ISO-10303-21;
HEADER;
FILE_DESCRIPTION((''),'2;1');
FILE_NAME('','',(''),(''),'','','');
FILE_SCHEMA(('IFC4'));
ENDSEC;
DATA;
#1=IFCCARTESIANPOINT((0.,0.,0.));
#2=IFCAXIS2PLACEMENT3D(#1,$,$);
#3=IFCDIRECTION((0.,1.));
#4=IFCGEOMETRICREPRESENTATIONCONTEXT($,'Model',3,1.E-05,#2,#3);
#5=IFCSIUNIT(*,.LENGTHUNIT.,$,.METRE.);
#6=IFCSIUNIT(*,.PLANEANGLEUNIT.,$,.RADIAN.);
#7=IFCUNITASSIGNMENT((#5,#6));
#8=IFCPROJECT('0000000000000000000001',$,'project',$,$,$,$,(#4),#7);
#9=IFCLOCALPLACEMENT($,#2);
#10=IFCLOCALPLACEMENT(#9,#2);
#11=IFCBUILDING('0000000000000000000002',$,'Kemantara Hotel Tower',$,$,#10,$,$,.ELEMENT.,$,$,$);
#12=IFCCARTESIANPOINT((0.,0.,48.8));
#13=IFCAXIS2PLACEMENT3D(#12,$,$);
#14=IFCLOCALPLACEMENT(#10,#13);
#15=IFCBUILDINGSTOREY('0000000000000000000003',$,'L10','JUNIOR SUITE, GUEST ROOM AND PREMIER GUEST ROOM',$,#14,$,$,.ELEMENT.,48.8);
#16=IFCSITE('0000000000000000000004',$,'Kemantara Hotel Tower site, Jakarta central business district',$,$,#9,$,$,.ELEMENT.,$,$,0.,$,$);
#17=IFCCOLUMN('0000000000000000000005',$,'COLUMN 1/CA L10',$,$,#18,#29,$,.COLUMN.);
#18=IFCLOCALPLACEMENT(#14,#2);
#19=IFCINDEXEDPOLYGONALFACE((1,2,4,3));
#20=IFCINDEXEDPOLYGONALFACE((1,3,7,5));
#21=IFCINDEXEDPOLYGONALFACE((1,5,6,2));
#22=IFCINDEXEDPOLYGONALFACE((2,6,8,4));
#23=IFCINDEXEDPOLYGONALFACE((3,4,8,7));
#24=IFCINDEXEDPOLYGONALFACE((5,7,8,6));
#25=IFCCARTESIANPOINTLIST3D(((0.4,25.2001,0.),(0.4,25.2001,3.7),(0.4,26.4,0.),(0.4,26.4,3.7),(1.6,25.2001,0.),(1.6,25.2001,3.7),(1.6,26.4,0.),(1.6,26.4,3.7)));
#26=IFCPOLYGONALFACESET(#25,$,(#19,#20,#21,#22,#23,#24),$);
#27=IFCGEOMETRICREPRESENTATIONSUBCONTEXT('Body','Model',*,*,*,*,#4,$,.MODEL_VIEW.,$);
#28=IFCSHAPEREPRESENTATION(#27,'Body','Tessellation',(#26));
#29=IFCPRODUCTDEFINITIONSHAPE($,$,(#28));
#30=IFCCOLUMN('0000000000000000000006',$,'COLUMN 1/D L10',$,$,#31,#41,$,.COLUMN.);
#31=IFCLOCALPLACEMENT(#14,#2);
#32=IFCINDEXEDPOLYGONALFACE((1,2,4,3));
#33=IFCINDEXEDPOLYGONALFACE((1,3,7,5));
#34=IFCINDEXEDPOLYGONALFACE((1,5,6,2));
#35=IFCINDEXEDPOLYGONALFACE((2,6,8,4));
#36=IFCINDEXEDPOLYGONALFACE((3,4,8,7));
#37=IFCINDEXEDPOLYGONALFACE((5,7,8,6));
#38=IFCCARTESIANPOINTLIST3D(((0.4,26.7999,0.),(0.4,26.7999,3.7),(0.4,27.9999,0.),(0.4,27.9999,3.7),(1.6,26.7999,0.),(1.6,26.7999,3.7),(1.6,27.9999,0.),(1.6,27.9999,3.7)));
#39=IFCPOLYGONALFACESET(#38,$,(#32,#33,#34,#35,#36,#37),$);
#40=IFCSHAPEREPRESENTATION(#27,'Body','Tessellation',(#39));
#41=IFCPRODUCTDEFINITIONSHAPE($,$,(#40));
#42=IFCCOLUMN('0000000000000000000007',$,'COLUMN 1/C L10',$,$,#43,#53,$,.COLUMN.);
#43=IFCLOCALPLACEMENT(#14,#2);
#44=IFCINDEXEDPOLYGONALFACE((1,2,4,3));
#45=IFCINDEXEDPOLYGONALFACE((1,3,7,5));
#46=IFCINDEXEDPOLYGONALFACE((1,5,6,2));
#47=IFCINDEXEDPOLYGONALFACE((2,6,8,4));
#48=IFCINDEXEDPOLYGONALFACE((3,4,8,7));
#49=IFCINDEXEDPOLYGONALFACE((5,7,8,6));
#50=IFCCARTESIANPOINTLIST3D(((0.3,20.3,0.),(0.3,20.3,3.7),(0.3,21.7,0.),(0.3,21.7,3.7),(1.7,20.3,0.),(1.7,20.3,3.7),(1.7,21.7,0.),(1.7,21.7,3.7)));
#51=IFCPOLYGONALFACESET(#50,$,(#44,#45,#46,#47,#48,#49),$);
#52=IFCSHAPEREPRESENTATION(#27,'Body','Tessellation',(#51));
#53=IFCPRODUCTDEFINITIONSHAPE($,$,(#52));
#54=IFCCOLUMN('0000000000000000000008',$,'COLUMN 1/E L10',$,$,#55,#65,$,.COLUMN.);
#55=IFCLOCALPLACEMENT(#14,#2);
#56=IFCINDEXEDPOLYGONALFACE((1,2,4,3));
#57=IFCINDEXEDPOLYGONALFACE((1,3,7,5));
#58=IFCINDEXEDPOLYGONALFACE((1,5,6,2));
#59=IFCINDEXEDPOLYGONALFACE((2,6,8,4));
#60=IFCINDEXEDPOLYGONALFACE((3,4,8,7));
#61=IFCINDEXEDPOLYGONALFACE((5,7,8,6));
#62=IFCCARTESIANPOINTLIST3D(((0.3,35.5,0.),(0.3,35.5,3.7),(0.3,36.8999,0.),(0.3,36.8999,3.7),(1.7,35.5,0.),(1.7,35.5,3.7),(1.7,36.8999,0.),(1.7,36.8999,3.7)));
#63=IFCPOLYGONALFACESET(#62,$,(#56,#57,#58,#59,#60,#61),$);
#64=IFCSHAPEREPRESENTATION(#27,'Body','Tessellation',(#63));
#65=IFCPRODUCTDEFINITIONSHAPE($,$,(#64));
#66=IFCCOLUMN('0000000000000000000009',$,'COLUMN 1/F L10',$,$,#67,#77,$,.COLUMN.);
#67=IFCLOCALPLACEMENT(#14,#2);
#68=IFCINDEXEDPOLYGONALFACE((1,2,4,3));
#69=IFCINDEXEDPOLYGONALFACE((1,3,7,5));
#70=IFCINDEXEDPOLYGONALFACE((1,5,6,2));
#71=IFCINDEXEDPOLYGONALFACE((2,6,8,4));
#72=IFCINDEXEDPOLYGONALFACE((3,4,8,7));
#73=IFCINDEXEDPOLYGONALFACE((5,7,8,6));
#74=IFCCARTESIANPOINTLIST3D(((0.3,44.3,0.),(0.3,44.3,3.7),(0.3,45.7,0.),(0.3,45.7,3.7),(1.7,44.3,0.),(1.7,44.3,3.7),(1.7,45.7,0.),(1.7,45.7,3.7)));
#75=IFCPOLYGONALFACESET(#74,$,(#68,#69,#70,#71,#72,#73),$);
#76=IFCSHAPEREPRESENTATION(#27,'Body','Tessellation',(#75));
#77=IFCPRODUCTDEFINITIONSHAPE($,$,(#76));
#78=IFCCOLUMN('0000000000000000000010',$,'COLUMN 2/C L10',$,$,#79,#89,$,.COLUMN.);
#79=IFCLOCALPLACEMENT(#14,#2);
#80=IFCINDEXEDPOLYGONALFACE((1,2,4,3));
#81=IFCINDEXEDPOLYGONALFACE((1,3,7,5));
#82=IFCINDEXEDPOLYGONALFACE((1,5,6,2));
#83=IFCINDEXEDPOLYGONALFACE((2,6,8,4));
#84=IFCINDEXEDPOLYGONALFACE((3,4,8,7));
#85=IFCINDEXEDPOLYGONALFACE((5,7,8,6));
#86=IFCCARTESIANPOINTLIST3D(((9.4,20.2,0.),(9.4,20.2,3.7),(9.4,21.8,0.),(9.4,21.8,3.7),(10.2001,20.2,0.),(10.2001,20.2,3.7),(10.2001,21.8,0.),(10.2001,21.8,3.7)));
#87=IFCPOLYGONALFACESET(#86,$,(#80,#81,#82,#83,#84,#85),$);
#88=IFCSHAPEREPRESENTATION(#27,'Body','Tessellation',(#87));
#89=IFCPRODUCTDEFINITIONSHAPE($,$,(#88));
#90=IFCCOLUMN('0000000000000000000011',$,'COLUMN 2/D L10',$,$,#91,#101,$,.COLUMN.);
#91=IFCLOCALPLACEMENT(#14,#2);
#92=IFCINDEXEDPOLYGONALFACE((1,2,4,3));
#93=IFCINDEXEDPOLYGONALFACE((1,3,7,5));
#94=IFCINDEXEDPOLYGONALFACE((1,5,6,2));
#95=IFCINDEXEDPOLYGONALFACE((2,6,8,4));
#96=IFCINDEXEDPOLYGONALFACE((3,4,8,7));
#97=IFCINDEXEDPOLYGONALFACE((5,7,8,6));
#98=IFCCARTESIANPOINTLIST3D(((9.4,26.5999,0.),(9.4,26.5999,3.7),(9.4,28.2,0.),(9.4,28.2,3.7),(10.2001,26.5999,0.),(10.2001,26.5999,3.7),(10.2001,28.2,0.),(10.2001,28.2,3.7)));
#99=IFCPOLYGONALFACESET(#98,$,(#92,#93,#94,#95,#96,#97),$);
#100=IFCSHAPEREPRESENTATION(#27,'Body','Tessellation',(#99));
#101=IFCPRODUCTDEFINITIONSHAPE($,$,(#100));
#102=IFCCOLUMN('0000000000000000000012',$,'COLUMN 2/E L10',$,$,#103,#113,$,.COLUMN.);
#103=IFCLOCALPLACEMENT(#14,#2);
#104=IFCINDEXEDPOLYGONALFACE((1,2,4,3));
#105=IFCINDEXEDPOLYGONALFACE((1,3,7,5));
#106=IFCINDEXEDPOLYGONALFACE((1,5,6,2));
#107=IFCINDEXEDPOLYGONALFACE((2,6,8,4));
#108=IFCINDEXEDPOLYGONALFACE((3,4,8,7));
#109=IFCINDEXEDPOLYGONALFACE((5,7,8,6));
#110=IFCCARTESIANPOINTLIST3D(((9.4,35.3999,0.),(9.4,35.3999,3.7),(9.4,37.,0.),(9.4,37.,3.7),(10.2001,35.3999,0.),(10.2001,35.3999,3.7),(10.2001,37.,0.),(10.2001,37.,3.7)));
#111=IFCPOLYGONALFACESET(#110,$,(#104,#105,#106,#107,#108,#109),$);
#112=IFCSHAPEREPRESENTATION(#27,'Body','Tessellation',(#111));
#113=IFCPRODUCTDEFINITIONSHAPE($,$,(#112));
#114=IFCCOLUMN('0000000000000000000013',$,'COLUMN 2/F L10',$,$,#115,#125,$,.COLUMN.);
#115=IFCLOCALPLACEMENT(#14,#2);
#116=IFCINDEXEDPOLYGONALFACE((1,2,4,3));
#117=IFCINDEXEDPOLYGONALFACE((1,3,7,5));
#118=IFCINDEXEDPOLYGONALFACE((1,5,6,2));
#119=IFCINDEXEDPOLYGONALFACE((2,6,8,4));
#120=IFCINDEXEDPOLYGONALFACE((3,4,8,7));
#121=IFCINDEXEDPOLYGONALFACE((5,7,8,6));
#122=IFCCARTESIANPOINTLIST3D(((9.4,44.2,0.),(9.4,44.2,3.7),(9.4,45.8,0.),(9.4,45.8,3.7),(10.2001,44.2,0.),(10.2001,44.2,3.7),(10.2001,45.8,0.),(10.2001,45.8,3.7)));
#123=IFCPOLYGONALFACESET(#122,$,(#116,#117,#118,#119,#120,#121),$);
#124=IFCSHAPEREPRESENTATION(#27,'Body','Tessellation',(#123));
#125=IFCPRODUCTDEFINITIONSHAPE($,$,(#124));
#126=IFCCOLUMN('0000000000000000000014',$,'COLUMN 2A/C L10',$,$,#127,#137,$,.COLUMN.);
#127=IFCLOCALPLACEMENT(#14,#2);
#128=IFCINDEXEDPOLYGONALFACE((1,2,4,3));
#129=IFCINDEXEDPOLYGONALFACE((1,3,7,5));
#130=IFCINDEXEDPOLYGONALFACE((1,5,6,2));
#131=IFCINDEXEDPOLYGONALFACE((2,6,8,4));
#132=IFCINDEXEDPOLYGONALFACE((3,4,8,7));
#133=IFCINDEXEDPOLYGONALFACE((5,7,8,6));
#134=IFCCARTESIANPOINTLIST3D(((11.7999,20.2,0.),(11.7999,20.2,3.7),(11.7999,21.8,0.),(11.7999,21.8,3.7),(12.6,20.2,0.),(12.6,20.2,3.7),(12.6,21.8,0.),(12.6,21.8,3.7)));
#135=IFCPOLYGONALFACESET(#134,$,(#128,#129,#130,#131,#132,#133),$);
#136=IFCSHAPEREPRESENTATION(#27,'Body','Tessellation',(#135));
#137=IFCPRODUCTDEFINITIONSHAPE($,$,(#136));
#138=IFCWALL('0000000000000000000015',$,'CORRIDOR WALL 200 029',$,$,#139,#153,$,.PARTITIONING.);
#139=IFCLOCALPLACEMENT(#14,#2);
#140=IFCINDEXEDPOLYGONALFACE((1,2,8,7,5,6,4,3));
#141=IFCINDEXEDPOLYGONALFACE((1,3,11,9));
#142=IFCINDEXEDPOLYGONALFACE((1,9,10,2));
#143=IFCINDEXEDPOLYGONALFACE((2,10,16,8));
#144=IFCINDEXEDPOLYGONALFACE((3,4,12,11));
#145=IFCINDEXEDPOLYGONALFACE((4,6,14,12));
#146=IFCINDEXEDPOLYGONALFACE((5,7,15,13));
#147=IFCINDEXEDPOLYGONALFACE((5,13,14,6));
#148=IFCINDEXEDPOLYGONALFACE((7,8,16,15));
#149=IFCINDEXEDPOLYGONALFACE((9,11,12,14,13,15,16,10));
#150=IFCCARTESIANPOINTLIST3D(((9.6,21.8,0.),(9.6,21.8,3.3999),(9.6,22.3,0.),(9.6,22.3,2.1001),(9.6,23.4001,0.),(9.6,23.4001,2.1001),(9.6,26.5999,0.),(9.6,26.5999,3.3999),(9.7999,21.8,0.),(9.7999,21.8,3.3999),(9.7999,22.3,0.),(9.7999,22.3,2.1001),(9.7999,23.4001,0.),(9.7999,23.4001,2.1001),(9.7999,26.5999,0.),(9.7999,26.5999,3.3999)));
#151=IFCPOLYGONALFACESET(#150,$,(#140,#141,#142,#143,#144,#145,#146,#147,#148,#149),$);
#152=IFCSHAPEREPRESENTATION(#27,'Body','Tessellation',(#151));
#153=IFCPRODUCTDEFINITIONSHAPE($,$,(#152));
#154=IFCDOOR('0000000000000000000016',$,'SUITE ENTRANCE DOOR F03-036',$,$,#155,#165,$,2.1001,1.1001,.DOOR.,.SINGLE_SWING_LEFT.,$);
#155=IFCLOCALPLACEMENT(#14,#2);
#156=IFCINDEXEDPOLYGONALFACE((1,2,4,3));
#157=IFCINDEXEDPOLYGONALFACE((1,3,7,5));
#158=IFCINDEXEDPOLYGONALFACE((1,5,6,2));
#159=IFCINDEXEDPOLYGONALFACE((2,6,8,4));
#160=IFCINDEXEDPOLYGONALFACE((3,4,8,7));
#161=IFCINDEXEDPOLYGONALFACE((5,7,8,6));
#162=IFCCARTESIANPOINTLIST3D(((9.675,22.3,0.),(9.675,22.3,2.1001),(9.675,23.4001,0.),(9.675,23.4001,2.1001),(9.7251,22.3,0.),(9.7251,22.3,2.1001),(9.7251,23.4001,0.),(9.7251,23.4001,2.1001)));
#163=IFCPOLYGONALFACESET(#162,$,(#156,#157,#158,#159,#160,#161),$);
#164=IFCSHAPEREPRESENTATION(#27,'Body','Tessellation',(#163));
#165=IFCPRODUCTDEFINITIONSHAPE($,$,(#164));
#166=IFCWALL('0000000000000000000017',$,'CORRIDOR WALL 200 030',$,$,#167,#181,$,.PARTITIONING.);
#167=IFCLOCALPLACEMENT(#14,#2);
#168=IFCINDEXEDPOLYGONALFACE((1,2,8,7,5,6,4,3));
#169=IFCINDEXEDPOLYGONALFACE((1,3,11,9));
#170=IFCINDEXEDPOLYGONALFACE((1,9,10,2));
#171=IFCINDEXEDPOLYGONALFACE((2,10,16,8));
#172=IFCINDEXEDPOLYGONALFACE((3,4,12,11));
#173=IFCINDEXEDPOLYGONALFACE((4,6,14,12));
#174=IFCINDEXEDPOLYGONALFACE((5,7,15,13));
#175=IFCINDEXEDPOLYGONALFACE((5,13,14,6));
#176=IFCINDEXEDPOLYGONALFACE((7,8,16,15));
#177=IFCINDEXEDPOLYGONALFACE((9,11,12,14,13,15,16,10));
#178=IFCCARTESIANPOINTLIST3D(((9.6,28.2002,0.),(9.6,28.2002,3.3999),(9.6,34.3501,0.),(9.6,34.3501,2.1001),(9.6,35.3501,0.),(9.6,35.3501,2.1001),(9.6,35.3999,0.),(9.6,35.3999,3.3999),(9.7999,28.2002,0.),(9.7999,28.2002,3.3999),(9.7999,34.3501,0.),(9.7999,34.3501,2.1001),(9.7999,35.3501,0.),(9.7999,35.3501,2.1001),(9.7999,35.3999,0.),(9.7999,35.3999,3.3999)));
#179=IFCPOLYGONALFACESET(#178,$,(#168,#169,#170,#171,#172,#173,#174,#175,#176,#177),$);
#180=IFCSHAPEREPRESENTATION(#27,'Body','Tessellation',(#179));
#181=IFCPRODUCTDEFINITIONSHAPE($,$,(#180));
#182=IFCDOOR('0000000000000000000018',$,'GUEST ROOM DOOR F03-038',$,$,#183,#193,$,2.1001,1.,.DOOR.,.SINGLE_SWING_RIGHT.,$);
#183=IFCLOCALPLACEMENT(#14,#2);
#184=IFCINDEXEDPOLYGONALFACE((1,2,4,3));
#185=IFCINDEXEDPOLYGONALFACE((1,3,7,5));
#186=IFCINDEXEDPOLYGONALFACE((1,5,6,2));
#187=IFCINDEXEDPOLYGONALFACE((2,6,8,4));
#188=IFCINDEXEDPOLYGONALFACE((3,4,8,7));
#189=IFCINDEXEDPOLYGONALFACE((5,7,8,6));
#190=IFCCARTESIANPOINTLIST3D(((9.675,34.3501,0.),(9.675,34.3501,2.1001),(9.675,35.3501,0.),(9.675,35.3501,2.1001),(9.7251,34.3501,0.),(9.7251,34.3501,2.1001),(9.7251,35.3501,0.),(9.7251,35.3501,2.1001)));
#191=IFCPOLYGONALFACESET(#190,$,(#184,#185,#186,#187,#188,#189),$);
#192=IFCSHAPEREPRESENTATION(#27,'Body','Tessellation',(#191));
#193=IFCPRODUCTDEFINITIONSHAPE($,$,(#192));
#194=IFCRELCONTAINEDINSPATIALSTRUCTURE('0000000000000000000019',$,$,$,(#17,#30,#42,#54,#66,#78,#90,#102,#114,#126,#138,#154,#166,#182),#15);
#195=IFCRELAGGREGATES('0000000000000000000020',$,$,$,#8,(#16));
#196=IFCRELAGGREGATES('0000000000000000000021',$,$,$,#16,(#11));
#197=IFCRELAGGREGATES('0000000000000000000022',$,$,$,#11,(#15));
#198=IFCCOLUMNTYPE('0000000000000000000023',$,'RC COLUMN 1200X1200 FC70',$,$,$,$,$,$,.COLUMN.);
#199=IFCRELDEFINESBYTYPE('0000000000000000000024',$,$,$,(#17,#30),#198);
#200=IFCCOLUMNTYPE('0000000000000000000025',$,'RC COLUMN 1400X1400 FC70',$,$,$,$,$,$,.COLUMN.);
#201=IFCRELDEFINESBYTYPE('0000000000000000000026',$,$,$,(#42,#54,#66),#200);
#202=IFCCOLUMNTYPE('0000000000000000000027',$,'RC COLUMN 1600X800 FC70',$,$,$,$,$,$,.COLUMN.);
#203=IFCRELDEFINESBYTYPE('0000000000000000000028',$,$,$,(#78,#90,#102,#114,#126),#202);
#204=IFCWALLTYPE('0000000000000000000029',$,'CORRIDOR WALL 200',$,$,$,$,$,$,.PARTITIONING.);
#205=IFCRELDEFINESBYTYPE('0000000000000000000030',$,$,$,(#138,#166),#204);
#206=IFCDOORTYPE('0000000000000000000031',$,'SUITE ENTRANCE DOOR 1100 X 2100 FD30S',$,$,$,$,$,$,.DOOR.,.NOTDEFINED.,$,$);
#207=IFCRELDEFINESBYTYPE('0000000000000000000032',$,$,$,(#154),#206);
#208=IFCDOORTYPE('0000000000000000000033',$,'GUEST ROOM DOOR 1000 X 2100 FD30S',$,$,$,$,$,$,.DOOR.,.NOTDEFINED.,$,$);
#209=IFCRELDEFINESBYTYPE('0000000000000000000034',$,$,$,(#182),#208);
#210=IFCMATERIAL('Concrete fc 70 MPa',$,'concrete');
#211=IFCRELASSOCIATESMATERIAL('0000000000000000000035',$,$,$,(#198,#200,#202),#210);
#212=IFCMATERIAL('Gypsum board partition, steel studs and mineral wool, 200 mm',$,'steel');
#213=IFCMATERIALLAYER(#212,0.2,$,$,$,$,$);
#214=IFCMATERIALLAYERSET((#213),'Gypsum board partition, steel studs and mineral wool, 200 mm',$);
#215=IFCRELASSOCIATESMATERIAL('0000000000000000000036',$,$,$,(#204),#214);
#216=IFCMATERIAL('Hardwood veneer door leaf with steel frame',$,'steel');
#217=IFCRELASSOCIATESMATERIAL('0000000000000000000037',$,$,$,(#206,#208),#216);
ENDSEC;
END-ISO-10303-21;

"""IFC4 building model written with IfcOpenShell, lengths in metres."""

from ifc_helpers import new_model, si_unit, direction, frame, frame_2d, origin, origin_2d, place, context, subcontext, project, spatial, rectangle, extrude, material, layer, layer_set, material_profile, profile_set, type_object, element, fill, save


model = new_model("IFC4")

# Units and contexts
model_context = context("Model", 3, precision=1e-05, world=origin(), true_north=direction((0.0, 1.0)))
body_context = subcontext(model_context, "Body", "Model", "MODEL_VIEW")
ifc_project = project(units=[si_unit("LENGTHUNIT", "METRE"), si_unit("PLANEANGLEUNIT", "RADIAN")], contexts=[model_context])

# Site, building, storey
site_placement = place(None, origin())
site = spatial("IfcSite", under=ifc_project, at=site_placement, Name="Kemantara Hotel Tower site, Jakarta central business district", CompositionType="ELEMENT", RefElevation=0.0)
building_placement = place(site_placement, origin())
building = spatial("IfcBuilding", under=site, at=building_placement, Name="Kemantara Hotel Tower", CompositionType="ELEMENT")
storey_placement = place(building_placement, frame((0.0, 0.0, 48.8)))
storey = spatial("IfcBuildingStorey", under=building, at=storey_placement, Name="L10", Description="JUNIOR SUITE, GUEST ROOM AND PREMIER GUEST ROOM", CompositionType="ELEMENT", Elevation=48.8)

# Columns
ifc_material_1 = material(Name="Concrete fc 70 MPa", Category="concrete")
ifc_material_profile_1 = material_profile(ifc_material_1, rectangle(XDim=1.2, YDim=1.2, at=origin_2d()), Name="RC 1200X1200")
ifc_profile_set_1 = profile_set([ifc_material_profile_1], Name="Concrete fc 70 MPa")
column_type_1 = type_object("IfcColumnType", Name="RC COLUMN 1200X1200 FC70", PredefinedType="COLUMN", material=ifc_profile_set_1)
for number, where, z_axis, x_axis, name in (
    (1, (1.0, 25.8, 0.0), (0.0, 0.0, 1.0), (1.0, 0.0, 0.0), "COLUMN 1/CA L10"),
    (2, (1.0, 27.3999, 0.0), (0.0, 0.0, 1.0), (1.0, 0.0, 0.0), "COLUMN 1/D L10"),
):
    element("IfcColumn", number, at=place(storey_placement, frame(where, z_axis=z_axis, x_axis=x_axis)), inside=storey, type_object=column_type_1, Name=name, PredefinedType="COLUMN", context=body_context, shape_type="SweptSolid", body=[
        extrude(rectangle(XDim=1.2, YDim=1.2, at=origin_2d()), origin(), (0.0, 0.0, 1.0), 3.7),
    ])
ifc_material_profile_2 = material_profile(ifc_material_1, rectangle(XDim=1.3999, YDim=1.3999, at=origin_2d()), Name="RC 1400X1400")
ifc_profile_set_2 = profile_set([ifc_material_profile_2], Name="Concrete fc 70 MPa")
column_type_2 = type_object("IfcColumnType", Name="RC COLUMN 1400X1400 FC70", PredefinedType="COLUMN", material=ifc_profile_set_2)
for number, where, z_axis, x_axis, name in (
    (3, (1.0, 21.0, 0.0), (0.0, 0.0, 1.0), (1.0, 0.0, 0.0), "COLUMN 1/C L10"),
    (4, (1.0, 36.2, 0.0), (0.0, 0.0, 1.0), (1.0, 0.0, 0.0), "COLUMN 1/E L10"),
    (5, (1.0, 45.0, 0.0), (0.0, 0.0, 1.0), (1.0, 0.0, 0.0), "COLUMN 1/F L10"),
):
    element("IfcColumn", number, at=place(storey_placement, frame(where, z_axis=z_axis, x_axis=x_axis)), inside=storey, type_object=column_type_2, Name=name, PredefinedType="COLUMN", context=body_context, shape_type="SweptSolid", body=[
        extrude(rectangle(XDim=1.3999, YDim=1.3999, at=origin_2d()), origin(), (0.0, 0.0, 1.0), 3.7),
    ])
ifc_material_profile_3 = material_profile(ifc_material_1, rectangle(XDim=1.6001, YDim=0.8, at=origin_2d()), Name="RC 1600X800")
ifc_profile_set_3 = profile_set([ifc_material_profile_3], Name="Concrete fc 70 MPa")
column_type_3 = type_object("IfcColumnType", Name="RC COLUMN 1600X800 FC70", PredefinedType="COLUMN", material=ifc_profile_set_3)
for number, where, z_axis, x_axis, name in (
    (6, (9.8, 21.0, 0.0), (0.0, 0.0, 1.0), (0.0, 1.0, 0.0), "COLUMN 2/C L10"),
    (7, (9.8, 27.3999, 0.0), (0.0, 0.0, 1.0), (0.0, 1.0, 0.0), "COLUMN 2/D L10"),
    (8, (9.8, 36.2, 0.0), (0.0, 0.0, 1.0), (0.0, 1.0, 0.0), "COLUMN 2/E L10"),
    (9, (9.8, 45.0, 0.0), (0.0, 0.0, 1.0), (0.0, 1.0, 0.0), "COLUMN 2/F L10"),
    (10, (12.2, 21.0, 0.0), (0.0, 0.0, 1.0), (0.0, 1.0, 0.0), "COLUMN 2A/C L10"),
):
    element("IfcColumn", number, at=place(storey_placement, frame(where, z_axis=z_axis, x_axis=x_axis)), inside=storey, type_object=column_type_3, Name=name, PredefinedType="COLUMN", context=body_context, shape_type="SweptSolid", body=[
        extrude(rectangle(XDim=1.6001, YDim=0.8, at=origin_2d()), origin(), (0.0, 0.0, 1.0), 3.7),
    ])

# Walls, openings, doors
ifc_material_2 = material(Name="Gypsum board partition, steel studs and mineral wool, 200 mm", Category="steel")
ifc_layer_1 = layer(ifc_material_2, 0.2)
ifc_layer_set_1 = layer_set([ifc_layer_1], Name="Gypsum board partition, steel studs and mineral wool, 200 mm")
wall_type_1 = type_object("IfcWallType", Name="CORRIDOR WALL 200", PredefinedType="PARTITIONING", material=ifc_layer_set_1)
wall_1_placement = place(storey_placement, frame((9.7, 21.8, 0.0), z_axis=(0.0, 0.0, 1.0), x_axis=(0.0, 1.0, 0.0)))
wall_1 = element("IfcWall", 11, at=wall_1_placement, inside=storey, type_object=wall_type_1, Name="CORRIDOR WALL 200 029", PredefinedType="PARTITIONING", context=body_context, shape_type="SweptSolid", body=[
    extrude(rectangle(XDim=4.7998, YDim=0.2, at=frame_2d((2.3999, 0.0))), origin(), (0.0, 0.0, 1.0), 3.3999),
])
opening_1_placement = place(wall_1_placement, frame((0.5, 0.0, 0.0)))
opening_1 = element("IfcOpeningElement", 12, at=opening_1_placement, cuts=wall_1, PredefinedType="OPENING", context=body_context, shape_type="SweptSolid", body=[
    extrude(rectangle(XDim=1.1001, YDim=2.1001, at=frame_2d((0.55, 1.05))), frame((0.0, 0.1099, 0.0), z_axis=(0.0, -1.0, 0.0), x_axis=(1.0, 0.0, 0.0)), (0.0, 0.0, 1.0), 0.22),
])
ifc_material_3 = material(Name="Hardwood veneer door leaf with steel frame", Category="steel")
door_type_1 = type_object("IfcDoorType", Name="SUITE ENTRANCE DOOR 1100 X 2100 FD30S", OperationType="NOTDEFINED", PredefinedType="DOOR", material=ifc_material_3)
door_1_placement = place(opening_1_placement, origin())
door_1 = element("IfcDoor", 13, at=door_1_placement, inside=storey, type_object=door_type_1, Name="SUITE ENTRANCE DOOR F03-036", OperationType="SINGLE_SWING_LEFT", OverallHeight=2.1001, OverallWidth=1.1001, PredefinedType="DOOR", context=body_context, shape_type="SweptSolid", body=[
    extrude(rectangle(XDim=1.1001, YDim=2.1001, at=frame_2d((0.55, 1.05))), frame((0.0, 0.0249, 0.0), z_axis=(0.0, -1.0, 0.0), x_axis=(1.0, 0.0, 0.0)), (0.0, 0.0, 1.0), 0.05),
])
fill(opening_1, door_1)
wall_2_placement = place(storey_placement, frame((9.7, 28.2002, 0.0), z_axis=(0.0, 0.0, 1.0), x_axis=(0.0, 1.0, 0.0)))
wall_2 = element("IfcWall", 14, at=wall_2_placement, inside=storey, type_object=wall_type_1, Name="CORRIDOR WALL 200 030", PredefinedType="PARTITIONING", context=body_context, shape_type="SweptSolid", body=[
    extrude(rectangle(XDim=7.1997, YDim=0.2, at=frame_2d((3.5999, 0.0))), origin(), (0.0, 0.0, 1.0), 3.3999),
])
opening_2_placement = place(wall_2_placement, frame((6.1499, 0.0, 0.0)))
opening_2 = element("IfcOpeningElement", 15, at=opening_2_placement, cuts=wall_2, PredefinedType="OPENING", context=body_context, shape_type="SweptSolid", body=[
    extrude(rectangle(XDim=1.0, YDim=2.1001, at=frame_2d((0.5, 1.05))), frame((0.0, 0.1099, 0.0), z_axis=(0.0, -1.0, 0.0), x_axis=(1.0, 0.0, 0.0)), (0.0, 0.0, 1.0), 0.22),
])
door_type_2 = type_object("IfcDoorType", Name="GUEST ROOM DOOR 1000 X 2100 FD30S", OperationType="NOTDEFINED", PredefinedType="DOOR", material=ifc_material_3)
door_2_placement = place(opening_2_placement, origin())
door_2 = element("IfcDoor", 16, at=door_2_placement, inside=storey, type_object=door_type_2, Name="GUEST ROOM DOOR F03-038", OperationType="SINGLE_SWING_RIGHT", OverallHeight=2.1001, OverallWidth=1.0, PredefinedType="DOOR", context=body_context, shape_type="SweptSolid", body=[
    extrude(rectangle(XDim=1.0, YDim=2.1001, at=frame_2d((0.5, 1.05))), frame((0.0, 0.0249, 0.0), z_axis=(0.0, -1.0, 0.0), x_axis=(1.0, 0.0, 0.0)), (0.0, 0.0, 1.0), 0.05),
])
fill(opening_2, door_2)

save(model, "model.ifc")
